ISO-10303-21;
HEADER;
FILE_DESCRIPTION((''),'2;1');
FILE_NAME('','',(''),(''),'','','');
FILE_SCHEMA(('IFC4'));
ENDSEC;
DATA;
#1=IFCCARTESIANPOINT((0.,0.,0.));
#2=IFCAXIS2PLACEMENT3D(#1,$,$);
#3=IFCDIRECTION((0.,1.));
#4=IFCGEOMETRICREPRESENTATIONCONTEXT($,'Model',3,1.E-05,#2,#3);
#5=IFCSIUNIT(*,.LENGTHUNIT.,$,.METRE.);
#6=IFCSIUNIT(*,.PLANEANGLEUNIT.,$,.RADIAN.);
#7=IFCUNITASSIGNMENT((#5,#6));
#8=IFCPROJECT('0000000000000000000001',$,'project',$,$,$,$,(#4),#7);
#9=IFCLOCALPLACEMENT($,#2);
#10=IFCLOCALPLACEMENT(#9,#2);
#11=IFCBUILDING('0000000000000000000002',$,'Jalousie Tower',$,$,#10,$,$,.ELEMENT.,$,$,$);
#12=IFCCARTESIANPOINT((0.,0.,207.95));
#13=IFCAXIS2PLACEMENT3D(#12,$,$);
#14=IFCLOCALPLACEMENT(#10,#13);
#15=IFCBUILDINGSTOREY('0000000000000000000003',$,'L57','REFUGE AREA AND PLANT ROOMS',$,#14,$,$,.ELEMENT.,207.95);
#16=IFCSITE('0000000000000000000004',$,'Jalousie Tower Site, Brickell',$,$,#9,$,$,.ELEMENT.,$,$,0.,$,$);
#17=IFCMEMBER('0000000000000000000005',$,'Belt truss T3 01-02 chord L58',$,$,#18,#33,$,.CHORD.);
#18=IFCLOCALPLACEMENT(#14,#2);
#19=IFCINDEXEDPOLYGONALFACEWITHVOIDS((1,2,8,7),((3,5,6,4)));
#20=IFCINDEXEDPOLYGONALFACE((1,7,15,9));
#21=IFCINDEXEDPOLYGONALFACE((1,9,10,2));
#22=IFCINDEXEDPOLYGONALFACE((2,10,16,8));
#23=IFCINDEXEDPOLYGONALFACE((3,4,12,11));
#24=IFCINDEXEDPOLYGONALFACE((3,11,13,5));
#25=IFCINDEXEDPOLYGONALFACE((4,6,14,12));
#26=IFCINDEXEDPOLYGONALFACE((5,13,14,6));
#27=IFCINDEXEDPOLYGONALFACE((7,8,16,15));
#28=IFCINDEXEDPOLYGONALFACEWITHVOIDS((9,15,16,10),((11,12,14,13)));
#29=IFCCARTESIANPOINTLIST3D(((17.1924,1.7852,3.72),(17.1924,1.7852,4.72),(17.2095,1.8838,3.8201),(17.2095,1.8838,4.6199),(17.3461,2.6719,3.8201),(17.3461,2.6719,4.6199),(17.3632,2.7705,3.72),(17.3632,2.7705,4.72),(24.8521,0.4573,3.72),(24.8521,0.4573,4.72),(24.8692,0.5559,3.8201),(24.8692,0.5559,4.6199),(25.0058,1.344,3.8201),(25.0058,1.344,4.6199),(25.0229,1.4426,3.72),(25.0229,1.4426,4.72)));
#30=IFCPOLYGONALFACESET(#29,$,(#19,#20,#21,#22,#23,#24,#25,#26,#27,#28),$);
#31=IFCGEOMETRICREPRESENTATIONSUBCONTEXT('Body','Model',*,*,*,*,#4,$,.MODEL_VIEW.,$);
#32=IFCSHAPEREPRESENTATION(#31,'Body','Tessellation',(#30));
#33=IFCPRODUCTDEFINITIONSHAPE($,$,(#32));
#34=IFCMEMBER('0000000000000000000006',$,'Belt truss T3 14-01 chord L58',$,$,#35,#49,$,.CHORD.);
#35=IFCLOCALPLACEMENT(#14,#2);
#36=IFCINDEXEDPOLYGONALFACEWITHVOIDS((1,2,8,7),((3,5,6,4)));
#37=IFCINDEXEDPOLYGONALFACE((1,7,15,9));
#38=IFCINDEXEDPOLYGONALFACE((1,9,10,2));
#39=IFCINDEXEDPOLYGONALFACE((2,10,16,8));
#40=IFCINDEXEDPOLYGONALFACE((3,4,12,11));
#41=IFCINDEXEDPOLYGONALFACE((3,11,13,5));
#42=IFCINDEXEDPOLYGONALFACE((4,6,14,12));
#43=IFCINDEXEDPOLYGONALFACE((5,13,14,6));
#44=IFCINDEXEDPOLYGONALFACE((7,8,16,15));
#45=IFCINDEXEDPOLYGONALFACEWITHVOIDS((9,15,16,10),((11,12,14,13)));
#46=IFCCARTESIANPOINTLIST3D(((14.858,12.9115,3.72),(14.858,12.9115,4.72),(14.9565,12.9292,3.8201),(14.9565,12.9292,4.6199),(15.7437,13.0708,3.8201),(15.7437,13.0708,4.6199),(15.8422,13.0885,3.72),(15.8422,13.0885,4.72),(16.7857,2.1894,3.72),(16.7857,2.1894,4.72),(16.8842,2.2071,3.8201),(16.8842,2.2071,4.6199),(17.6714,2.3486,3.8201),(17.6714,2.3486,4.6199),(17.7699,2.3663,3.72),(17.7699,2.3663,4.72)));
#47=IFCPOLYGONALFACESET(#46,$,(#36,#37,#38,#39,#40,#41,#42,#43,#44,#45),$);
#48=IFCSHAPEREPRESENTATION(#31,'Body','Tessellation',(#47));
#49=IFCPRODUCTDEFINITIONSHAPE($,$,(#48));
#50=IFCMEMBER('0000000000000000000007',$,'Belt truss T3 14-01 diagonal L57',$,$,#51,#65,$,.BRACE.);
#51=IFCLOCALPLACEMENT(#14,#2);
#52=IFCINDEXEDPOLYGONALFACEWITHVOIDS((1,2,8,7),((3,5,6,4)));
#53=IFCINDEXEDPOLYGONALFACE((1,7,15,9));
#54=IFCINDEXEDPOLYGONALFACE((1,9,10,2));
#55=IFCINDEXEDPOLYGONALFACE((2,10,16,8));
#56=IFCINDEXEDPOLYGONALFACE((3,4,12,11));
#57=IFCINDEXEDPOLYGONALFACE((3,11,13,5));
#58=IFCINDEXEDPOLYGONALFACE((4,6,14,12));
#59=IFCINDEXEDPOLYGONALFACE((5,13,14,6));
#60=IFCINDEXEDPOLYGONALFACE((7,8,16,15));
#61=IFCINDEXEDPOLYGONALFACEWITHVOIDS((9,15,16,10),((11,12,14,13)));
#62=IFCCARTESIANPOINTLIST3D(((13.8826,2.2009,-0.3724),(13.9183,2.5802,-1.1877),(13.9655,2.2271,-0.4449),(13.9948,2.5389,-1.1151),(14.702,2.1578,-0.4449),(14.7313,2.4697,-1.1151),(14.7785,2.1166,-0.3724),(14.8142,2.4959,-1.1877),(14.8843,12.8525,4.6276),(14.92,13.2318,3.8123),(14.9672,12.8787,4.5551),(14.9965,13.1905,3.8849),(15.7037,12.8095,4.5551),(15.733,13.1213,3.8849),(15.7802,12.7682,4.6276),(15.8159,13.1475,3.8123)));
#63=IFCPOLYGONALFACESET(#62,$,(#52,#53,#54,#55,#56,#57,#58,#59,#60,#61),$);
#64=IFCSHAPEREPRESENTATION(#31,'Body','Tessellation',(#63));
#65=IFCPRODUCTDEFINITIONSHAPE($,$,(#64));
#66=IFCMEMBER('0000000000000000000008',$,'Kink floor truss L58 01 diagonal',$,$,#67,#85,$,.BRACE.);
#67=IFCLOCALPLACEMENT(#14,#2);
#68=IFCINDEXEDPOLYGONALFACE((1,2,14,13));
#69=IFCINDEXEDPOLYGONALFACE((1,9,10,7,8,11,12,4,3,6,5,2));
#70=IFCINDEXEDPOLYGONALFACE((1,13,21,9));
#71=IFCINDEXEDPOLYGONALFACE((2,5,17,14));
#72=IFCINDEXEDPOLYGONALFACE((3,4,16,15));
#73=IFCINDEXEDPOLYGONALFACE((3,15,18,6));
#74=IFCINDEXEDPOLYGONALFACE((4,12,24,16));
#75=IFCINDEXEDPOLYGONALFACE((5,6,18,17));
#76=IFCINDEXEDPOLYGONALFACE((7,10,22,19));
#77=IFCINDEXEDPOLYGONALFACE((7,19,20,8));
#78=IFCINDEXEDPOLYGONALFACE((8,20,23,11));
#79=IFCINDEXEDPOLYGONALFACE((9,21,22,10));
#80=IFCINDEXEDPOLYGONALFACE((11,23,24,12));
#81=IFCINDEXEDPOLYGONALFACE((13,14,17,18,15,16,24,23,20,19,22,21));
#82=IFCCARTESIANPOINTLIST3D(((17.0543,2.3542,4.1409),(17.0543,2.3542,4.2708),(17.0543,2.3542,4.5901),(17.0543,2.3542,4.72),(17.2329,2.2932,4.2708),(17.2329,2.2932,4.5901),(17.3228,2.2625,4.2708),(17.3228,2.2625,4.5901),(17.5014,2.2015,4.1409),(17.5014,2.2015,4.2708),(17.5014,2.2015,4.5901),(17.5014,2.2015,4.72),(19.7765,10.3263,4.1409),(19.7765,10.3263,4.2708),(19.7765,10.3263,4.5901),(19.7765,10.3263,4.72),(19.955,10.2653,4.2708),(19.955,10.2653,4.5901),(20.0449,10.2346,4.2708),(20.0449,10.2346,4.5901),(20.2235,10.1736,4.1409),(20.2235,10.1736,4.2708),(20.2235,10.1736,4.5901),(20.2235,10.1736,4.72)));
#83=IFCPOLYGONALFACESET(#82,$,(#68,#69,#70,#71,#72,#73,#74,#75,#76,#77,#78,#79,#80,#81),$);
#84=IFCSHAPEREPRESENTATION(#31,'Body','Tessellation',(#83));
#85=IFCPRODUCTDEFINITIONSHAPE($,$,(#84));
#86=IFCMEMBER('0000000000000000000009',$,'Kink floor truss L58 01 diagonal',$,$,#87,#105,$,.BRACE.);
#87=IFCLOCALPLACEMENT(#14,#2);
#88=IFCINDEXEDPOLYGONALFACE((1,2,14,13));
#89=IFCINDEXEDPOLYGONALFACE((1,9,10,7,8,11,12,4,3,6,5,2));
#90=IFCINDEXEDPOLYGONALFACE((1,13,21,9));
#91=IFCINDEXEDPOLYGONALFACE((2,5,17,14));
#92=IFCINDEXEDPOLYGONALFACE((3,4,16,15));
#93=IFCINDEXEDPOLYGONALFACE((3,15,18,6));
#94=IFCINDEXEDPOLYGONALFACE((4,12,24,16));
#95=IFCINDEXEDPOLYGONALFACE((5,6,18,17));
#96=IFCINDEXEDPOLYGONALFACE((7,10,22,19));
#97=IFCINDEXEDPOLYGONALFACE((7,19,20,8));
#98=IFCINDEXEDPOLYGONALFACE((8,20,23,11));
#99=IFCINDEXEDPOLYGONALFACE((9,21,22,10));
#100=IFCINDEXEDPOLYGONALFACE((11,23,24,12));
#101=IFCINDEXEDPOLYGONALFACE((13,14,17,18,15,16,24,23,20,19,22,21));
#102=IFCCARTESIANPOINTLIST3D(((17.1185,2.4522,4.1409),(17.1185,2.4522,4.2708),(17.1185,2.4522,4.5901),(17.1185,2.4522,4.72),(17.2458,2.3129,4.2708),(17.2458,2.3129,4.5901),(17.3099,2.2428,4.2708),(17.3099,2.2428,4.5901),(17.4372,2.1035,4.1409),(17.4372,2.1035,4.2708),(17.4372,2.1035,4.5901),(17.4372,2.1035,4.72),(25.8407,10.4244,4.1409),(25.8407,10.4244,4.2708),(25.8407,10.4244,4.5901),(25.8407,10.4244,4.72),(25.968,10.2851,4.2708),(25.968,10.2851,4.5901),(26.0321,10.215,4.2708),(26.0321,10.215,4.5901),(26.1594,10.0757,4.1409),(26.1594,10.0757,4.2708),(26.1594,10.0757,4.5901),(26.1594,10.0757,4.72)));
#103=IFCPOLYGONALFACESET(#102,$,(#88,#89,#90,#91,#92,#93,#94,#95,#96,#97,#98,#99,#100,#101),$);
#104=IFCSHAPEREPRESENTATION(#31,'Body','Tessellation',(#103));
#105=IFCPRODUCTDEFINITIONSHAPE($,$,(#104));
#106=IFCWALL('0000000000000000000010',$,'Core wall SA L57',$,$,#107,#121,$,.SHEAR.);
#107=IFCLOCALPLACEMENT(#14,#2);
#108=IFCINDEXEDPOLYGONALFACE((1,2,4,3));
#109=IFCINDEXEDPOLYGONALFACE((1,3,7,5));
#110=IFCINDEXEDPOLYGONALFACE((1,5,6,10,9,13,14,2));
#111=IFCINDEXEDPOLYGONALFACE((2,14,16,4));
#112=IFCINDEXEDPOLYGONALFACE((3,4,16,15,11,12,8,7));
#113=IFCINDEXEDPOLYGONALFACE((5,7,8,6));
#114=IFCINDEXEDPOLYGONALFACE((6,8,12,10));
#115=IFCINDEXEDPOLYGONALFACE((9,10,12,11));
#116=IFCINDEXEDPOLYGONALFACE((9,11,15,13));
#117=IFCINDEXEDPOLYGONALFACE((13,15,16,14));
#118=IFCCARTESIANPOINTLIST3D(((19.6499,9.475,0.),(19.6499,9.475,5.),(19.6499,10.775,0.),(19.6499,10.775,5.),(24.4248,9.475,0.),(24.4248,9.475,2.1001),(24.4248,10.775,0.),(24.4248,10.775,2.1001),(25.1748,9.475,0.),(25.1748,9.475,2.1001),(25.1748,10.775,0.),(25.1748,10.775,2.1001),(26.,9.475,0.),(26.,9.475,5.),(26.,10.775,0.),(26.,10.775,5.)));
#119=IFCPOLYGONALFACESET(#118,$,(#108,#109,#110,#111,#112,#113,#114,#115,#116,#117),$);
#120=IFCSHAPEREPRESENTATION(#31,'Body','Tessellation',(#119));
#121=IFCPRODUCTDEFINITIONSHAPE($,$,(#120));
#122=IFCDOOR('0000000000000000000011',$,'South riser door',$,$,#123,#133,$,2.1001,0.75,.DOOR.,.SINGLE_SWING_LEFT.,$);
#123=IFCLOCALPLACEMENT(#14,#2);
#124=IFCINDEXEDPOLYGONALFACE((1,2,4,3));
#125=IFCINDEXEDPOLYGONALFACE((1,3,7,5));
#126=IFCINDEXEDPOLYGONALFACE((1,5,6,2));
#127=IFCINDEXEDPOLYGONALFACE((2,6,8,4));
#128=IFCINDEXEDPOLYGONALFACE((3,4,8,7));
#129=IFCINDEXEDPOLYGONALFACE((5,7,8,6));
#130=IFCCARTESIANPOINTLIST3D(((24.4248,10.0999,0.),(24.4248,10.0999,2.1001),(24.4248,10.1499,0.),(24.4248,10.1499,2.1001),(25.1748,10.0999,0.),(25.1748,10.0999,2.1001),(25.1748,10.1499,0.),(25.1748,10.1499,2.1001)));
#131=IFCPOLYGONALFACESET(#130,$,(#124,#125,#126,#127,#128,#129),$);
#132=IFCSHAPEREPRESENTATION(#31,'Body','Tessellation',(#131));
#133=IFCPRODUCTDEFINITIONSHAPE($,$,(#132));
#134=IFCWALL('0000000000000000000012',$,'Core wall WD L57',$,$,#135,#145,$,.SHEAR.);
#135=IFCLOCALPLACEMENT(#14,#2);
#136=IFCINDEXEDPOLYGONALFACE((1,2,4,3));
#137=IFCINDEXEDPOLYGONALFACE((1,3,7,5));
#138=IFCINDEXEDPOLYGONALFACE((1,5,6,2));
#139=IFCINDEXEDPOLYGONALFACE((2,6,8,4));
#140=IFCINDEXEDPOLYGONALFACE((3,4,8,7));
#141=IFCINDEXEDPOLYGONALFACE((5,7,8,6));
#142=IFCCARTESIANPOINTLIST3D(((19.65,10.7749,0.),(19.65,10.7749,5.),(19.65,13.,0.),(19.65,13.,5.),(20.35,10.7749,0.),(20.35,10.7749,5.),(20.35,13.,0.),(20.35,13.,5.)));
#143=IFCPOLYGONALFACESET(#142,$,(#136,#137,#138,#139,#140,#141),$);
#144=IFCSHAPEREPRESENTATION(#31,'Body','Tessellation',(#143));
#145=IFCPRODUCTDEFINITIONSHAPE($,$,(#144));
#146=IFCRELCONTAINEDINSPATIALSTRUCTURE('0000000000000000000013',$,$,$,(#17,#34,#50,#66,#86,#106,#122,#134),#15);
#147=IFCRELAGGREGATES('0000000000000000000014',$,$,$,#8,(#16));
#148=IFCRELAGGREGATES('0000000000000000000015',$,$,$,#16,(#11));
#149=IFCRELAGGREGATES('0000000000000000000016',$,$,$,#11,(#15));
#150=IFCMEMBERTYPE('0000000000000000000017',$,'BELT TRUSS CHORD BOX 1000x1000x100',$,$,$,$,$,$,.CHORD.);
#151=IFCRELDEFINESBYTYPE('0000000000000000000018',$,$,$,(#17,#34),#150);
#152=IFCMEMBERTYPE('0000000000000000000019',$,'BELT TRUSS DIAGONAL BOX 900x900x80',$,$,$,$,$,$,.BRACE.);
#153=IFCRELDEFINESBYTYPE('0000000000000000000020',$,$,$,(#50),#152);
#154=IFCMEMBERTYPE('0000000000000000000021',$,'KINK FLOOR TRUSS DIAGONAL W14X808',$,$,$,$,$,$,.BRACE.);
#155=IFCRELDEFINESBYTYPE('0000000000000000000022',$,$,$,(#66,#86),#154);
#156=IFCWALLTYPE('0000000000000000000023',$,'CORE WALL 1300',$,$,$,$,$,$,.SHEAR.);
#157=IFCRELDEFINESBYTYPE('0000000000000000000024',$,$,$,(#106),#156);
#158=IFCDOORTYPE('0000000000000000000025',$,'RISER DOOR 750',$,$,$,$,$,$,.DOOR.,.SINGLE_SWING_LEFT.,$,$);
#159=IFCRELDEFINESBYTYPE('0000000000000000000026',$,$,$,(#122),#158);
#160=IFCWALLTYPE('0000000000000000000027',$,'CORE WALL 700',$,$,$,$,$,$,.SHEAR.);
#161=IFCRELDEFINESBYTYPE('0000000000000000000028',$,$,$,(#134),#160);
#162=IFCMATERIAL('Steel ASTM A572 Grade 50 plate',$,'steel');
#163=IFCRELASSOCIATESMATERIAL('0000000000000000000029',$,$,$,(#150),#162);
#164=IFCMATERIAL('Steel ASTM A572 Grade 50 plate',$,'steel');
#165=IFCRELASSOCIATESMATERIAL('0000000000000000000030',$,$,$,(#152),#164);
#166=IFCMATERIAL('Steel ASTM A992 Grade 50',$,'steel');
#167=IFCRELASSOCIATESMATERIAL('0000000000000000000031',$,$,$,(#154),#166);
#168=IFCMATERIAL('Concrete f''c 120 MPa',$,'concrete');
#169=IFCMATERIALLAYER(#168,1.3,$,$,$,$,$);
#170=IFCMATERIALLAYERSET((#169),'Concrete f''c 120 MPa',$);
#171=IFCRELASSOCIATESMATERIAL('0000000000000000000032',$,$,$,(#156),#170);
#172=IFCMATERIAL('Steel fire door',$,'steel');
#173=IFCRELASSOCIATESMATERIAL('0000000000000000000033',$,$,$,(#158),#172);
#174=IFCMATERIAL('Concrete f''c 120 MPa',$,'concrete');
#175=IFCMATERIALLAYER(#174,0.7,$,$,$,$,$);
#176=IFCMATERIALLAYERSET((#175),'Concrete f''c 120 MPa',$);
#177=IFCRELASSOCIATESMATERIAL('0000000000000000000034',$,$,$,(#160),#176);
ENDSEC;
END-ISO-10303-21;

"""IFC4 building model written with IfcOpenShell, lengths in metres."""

from ifc_helpers import new_model, si_unit, direction, frame, frame_2d, origin, origin_2d, place, context, subcontext, project, spatial, rectangle, hollow_rectangle, i_section, extrude, material, layer, layer_set, material_profile, profile_set, type_object, element, fill, save


model = new_model("IFC4")

# Units and contexts
model_context = context("Model", 3, precision=1e-05, world=origin(), true_north=direction((0.0, 1.0)))
body_context = subcontext(model_context, "Body", "Model", "MODEL_VIEW")
ifc_project = project(units=[si_unit("LENGTHUNIT", "METRE"), si_unit("PLANEANGLEUNIT", "RADIAN")], contexts=[model_context])

# Site, building, storey
site_placement = place(None, origin())
site = spatial("IfcSite", under=ifc_project, at=site_placement, Name="Jalousie Tower Site, Brickell", CompositionType="ELEMENT", RefElevation=0.0)
building_placement = place(site_placement, origin())
building = spatial("IfcBuilding", under=site, at=building_placement, Name="Jalousie Tower", CompositionType="ELEMENT")
storey_placement = place(building_placement, frame((0.0, 0.0, 207.95)))
storey = spatial("IfcBuildingStorey", under=building, at=storey_placement, Name="L57", Description="REFUGE AREA AND PLANT ROOMS", CompositionType="ELEMENT", Elevation=207.95)

# Members
ifc_material_1 = material(Name="Steel ASTM A572 Grade 50 plate", Category="steel")
ifc_material_profile_1 = material_profile(ifc_material_1, hollow_rectangle(XDim=1.0, YDim=1.0, WallThickness=0.1001, at=origin_2d()), Name="BOX 1000x1000x100")
ifc_profile_set_1 = profile_set([ifc_material_profile_1], Name="Steel ASTM A572 Grade 50 plate")
member_type_1 = type_object("IfcMemberType", Name="BELT TRUSS CHORD BOX 1000x1000x100", PredefinedType="CHORD", material=ifc_profile_set_1)
member_1_placement = place(storey_placement, frame((17.2778, 2.2778, 4.22), z_axis=(0.985304, -0.170812, 0.0), x_axis=(0.170812, 0.985304, 0.0)))
element("IfcMember", 1, at=member_1_placement, inside=storey, type_object=member_type_1, Name="Belt truss T3 01-02 chord L58", PredefinedType="CHORD", context=body_context, shape_type="SweptSolid", body=[
    extrude(hollow_rectangle(XDim=1.0, YDim=1.0, WallThickness=0.1001, at=origin_2d()), origin(), (0.0, 0.0, 1.0), 7.7739),
])
member_2_placement = place(storey_placement, frame((15.3501, 13.0, 4.22), z_axis=(0.176952, -0.984219, 0.0), x_axis=(0.984219, 0.176952, 0.0)))
element("IfcMember", 2, at=member_2_placement, inside=storey, type_object=member_type_1, Name="Belt truss T3 14-01 chord L58", PredefinedType="CHORD", context=body_context, shape_type="SweptSolid", body=[
    extrude(hollow_rectangle(XDim=1.0, YDim=1.0, WallThickness=0.1001, at=origin_2d()), origin(), (0.0, 0.0, 1.0), 10.894),
])
ifc_material_2 = material(Name="Steel ASTM A572 Grade 50 plate", Category="steel")
ifc_material_profile_2 = material_profile(ifc_material_2, hollow_rectangle(XDim=0.8999, YDim=0.8999, WallThickness=0.0801, at=origin_2d()), Name="BOX 900x900x80")
ifc_profile_set_2 = profile_set([ifc_material_profile_2], Name="Steel ASTM A572 Grade 50 plate")
member_type_2 = type_object("IfcMemberType", Name="BELT TRUSS DIAGONAL BOX 900x900x80", PredefinedType="BRACE", material=ifc_profile_set_2)
member_3_placement = place(storey_placement, frame((15.3501, 13.0, 4.22), z_axis=(-0.084824, -0.901966, -0.423394), x_axis=(0.995607, -0.09363, 0.0)))
element("IfcMember", 3, at=member_3_placement, inside=storey, type_object=member_type_2, Name="Belt truss T3 14-01 diagonal L57", PredefinedType="BRACE", context=body_context, shape_type="SweptSolid", body=[
    extrude(hollow_rectangle(XDim=0.8999, YDim=0.8999, WallThickness=0.0801, at=origin_2d()), origin(), (0.0, 0.0, 1.0), 11.8093),
])
ifc_material_3 = material(Name="Steel ASTM A992 Grade 50", Category="steel")
ifc_material_profile_3 = material_profile(ifc_material_3, i_section(OverallWidth=0.4724, OverallDepth=0.5791, WebThickness=0.095, FlangeThickness=0.1299, at=origin_2d()), Name="W14X808")
ifc_profile_set_3 = profile_set([ifc_material_profile_3], Name="Steel ASTM A992 Grade 50")
member_type_3 = type_object("IfcMemberType", Name="KINK FLOOR TRUSS DIAGONAL W14X808", PredefinedType="BRACE", material=ifc_profile_set_3)
member_4_placement = place(storey_placement, frame((17.2778, 2.2778, 4.4304), z_axis=(0.32314, 0.946351, 0.0), x_axis=(-0.946351, 0.32314, 0.0)))
element("IfcMember", 4, at=member_4_placement, inside=storey, type_object=member_type_3, Name="Kink floor truss L58 01 diagonal", PredefinedType="BRACE", context=body_context, shape_type="SweptSolid", body=[
    extrude(i_section(OverallWidth=0.4724, OverallDepth=0.5791, WebThickness=0.095, FlangeThickness=0.1299, at=origin_2d()), origin(), (0.0, 0.0, 1.0), 8.4241),
])
member_5_placement = place(storey_placement, frame((17.2778, 2.2778, 4.4304), z_axis=(0.738129, 0.674659, 0.0), x_axis=(-0.674659, 0.738129, 0.0)))
element("IfcMember", 5, at=member_5_placement, inside=storey, type_object=member_type_3, Name="Kink floor truss L58 01 diagonal", PredefinedType="BRACE", context=body_context, shape_type="SweptSolid", body=[
    extrude(i_section(OverallWidth=0.4724, OverallDepth=0.5791, WebThickness=0.095, FlangeThickness=0.1299, at=origin_2d()), origin(), (0.0, 0.0, 1.0), 11.8167),
])

# Wall, opening, door
ifc_material_4 = material(Name="Concrete f'c 120 MPa", Category="concrete")
ifc_layer_1 = layer(ifc_material_4, 1.3)
ifc_layer_set_1 = layer_set([ifc_layer_1], Name="Concrete f'c 120 MPa")
wall_type_1 = type_object("IfcWallType", Name="CORE WALL 1300", PredefinedType="SHEAR", material=ifc_layer_set_1)
wall_1_placement = place(storey_placement, frame((19.6499, 10.125, 0.0), z_axis=(0.0, 0.0, 1.0), x_axis=(1.0, 0.0, 0.0)))
wall_1 = element("IfcWall", 6, at=wall_1_placement, inside=storey, type_object=wall_type_1, Name="Core wall SA L57", PredefinedType="SHEAR", context=body_context, shape_type="SweptSolid", body=[
    extrude(rectangle(XDim=6.3501, YDim=1.3, at=frame_2d((3.175, 0.0))), origin(), (0.0, 0.0, 1.0), 5.0),
])
opening_1_placement = place(wall_1_placement, frame((4.7749, 0.0, 0.0)))
opening_1 = element("IfcOpeningElement", 7, at=opening_1_placement, cuts=wall_1, PredefinedType="OPENING", context=body_context, shape_type="SweptSolid", body=[
    extrude(rectangle(XDim=0.75, YDim=2.1001, at=frame_2d((0.375, 1.05))), frame((0.0, 0.6599, 0.0), z_axis=(0.0, -1.0, 0.0), x_axis=(1.0, 0.0, 0.0)), (0.0, 0.0, 1.0), 1.3201),
])
ifc_material_5 = material(Name="Steel fire door", Category="steel")
door_type_1 = type_object("IfcDoorType", Name="RISER DOOR 750", OperationType="SINGLE_SWING_LEFT", PredefinedType="DOOR", material=ifc_material_5)
door_1_placement = place(opening_1_placement, origin())
door_1 = element("IfcDoor", 8, at=door_1_placement, inside=storey, type_object=door_type_1, Name="South riser door", OperationType="SINGLE_SWING_LEFT", OverallHeight=2.1001, OverallWidth=0.75, PredefinedType="DOOR", context=body_context, shape_type="SweptSolid", body=[
    extrude(rectangle(XDim=0.75, YDim=2.1001, at=frame_2d((0.375, 1.05))), frame((0.0, 0.0249, 0.0), z_axis=(0.0, -1.0, 0.0), x_axis=(1.0, 0.0, 0.0)), (0.0, 0.0, 1.0), 0.05),
])
fill(opening_1, door_1)

# Wall
ifc_material_6 = material(Name="Concrete f'c 120 MPa", Category="concrete")
ifc_layer_2 = layer(ifc_material_6, 0.7)
ifc_layer_set_2 = layer_set([ifc_layer_2], Name="Concrete f'c 120 MPa")
wall_type_2 = type_object("IfcWallType", Name="CORE WALL 700", PredefinedType="SHEAR", material=ifc_layer_set_2)
wall_2_placement = place(storey_placement, frame((20.0, 13.0, 0.0), z_axis=(0.0, 0.0, 1.0), x_axis=(0.0, -1.0, 0.0)))
element("IfcWall", 9, at=wall_2_placement, inside=storey, type_object=wall_type_2, Name="Core wall WD L57", PredefinedType="SHEAR", context=body_context, shape_type="SweptSolid", body=[
    extrude(rectangle(XDim=2.2251, YDim=0.7, at=frame_2d((1.1125, 0.0))), origin(), (0.0, 0.0, 1.0), 5.0),
])

save(model, "model.ifc")
